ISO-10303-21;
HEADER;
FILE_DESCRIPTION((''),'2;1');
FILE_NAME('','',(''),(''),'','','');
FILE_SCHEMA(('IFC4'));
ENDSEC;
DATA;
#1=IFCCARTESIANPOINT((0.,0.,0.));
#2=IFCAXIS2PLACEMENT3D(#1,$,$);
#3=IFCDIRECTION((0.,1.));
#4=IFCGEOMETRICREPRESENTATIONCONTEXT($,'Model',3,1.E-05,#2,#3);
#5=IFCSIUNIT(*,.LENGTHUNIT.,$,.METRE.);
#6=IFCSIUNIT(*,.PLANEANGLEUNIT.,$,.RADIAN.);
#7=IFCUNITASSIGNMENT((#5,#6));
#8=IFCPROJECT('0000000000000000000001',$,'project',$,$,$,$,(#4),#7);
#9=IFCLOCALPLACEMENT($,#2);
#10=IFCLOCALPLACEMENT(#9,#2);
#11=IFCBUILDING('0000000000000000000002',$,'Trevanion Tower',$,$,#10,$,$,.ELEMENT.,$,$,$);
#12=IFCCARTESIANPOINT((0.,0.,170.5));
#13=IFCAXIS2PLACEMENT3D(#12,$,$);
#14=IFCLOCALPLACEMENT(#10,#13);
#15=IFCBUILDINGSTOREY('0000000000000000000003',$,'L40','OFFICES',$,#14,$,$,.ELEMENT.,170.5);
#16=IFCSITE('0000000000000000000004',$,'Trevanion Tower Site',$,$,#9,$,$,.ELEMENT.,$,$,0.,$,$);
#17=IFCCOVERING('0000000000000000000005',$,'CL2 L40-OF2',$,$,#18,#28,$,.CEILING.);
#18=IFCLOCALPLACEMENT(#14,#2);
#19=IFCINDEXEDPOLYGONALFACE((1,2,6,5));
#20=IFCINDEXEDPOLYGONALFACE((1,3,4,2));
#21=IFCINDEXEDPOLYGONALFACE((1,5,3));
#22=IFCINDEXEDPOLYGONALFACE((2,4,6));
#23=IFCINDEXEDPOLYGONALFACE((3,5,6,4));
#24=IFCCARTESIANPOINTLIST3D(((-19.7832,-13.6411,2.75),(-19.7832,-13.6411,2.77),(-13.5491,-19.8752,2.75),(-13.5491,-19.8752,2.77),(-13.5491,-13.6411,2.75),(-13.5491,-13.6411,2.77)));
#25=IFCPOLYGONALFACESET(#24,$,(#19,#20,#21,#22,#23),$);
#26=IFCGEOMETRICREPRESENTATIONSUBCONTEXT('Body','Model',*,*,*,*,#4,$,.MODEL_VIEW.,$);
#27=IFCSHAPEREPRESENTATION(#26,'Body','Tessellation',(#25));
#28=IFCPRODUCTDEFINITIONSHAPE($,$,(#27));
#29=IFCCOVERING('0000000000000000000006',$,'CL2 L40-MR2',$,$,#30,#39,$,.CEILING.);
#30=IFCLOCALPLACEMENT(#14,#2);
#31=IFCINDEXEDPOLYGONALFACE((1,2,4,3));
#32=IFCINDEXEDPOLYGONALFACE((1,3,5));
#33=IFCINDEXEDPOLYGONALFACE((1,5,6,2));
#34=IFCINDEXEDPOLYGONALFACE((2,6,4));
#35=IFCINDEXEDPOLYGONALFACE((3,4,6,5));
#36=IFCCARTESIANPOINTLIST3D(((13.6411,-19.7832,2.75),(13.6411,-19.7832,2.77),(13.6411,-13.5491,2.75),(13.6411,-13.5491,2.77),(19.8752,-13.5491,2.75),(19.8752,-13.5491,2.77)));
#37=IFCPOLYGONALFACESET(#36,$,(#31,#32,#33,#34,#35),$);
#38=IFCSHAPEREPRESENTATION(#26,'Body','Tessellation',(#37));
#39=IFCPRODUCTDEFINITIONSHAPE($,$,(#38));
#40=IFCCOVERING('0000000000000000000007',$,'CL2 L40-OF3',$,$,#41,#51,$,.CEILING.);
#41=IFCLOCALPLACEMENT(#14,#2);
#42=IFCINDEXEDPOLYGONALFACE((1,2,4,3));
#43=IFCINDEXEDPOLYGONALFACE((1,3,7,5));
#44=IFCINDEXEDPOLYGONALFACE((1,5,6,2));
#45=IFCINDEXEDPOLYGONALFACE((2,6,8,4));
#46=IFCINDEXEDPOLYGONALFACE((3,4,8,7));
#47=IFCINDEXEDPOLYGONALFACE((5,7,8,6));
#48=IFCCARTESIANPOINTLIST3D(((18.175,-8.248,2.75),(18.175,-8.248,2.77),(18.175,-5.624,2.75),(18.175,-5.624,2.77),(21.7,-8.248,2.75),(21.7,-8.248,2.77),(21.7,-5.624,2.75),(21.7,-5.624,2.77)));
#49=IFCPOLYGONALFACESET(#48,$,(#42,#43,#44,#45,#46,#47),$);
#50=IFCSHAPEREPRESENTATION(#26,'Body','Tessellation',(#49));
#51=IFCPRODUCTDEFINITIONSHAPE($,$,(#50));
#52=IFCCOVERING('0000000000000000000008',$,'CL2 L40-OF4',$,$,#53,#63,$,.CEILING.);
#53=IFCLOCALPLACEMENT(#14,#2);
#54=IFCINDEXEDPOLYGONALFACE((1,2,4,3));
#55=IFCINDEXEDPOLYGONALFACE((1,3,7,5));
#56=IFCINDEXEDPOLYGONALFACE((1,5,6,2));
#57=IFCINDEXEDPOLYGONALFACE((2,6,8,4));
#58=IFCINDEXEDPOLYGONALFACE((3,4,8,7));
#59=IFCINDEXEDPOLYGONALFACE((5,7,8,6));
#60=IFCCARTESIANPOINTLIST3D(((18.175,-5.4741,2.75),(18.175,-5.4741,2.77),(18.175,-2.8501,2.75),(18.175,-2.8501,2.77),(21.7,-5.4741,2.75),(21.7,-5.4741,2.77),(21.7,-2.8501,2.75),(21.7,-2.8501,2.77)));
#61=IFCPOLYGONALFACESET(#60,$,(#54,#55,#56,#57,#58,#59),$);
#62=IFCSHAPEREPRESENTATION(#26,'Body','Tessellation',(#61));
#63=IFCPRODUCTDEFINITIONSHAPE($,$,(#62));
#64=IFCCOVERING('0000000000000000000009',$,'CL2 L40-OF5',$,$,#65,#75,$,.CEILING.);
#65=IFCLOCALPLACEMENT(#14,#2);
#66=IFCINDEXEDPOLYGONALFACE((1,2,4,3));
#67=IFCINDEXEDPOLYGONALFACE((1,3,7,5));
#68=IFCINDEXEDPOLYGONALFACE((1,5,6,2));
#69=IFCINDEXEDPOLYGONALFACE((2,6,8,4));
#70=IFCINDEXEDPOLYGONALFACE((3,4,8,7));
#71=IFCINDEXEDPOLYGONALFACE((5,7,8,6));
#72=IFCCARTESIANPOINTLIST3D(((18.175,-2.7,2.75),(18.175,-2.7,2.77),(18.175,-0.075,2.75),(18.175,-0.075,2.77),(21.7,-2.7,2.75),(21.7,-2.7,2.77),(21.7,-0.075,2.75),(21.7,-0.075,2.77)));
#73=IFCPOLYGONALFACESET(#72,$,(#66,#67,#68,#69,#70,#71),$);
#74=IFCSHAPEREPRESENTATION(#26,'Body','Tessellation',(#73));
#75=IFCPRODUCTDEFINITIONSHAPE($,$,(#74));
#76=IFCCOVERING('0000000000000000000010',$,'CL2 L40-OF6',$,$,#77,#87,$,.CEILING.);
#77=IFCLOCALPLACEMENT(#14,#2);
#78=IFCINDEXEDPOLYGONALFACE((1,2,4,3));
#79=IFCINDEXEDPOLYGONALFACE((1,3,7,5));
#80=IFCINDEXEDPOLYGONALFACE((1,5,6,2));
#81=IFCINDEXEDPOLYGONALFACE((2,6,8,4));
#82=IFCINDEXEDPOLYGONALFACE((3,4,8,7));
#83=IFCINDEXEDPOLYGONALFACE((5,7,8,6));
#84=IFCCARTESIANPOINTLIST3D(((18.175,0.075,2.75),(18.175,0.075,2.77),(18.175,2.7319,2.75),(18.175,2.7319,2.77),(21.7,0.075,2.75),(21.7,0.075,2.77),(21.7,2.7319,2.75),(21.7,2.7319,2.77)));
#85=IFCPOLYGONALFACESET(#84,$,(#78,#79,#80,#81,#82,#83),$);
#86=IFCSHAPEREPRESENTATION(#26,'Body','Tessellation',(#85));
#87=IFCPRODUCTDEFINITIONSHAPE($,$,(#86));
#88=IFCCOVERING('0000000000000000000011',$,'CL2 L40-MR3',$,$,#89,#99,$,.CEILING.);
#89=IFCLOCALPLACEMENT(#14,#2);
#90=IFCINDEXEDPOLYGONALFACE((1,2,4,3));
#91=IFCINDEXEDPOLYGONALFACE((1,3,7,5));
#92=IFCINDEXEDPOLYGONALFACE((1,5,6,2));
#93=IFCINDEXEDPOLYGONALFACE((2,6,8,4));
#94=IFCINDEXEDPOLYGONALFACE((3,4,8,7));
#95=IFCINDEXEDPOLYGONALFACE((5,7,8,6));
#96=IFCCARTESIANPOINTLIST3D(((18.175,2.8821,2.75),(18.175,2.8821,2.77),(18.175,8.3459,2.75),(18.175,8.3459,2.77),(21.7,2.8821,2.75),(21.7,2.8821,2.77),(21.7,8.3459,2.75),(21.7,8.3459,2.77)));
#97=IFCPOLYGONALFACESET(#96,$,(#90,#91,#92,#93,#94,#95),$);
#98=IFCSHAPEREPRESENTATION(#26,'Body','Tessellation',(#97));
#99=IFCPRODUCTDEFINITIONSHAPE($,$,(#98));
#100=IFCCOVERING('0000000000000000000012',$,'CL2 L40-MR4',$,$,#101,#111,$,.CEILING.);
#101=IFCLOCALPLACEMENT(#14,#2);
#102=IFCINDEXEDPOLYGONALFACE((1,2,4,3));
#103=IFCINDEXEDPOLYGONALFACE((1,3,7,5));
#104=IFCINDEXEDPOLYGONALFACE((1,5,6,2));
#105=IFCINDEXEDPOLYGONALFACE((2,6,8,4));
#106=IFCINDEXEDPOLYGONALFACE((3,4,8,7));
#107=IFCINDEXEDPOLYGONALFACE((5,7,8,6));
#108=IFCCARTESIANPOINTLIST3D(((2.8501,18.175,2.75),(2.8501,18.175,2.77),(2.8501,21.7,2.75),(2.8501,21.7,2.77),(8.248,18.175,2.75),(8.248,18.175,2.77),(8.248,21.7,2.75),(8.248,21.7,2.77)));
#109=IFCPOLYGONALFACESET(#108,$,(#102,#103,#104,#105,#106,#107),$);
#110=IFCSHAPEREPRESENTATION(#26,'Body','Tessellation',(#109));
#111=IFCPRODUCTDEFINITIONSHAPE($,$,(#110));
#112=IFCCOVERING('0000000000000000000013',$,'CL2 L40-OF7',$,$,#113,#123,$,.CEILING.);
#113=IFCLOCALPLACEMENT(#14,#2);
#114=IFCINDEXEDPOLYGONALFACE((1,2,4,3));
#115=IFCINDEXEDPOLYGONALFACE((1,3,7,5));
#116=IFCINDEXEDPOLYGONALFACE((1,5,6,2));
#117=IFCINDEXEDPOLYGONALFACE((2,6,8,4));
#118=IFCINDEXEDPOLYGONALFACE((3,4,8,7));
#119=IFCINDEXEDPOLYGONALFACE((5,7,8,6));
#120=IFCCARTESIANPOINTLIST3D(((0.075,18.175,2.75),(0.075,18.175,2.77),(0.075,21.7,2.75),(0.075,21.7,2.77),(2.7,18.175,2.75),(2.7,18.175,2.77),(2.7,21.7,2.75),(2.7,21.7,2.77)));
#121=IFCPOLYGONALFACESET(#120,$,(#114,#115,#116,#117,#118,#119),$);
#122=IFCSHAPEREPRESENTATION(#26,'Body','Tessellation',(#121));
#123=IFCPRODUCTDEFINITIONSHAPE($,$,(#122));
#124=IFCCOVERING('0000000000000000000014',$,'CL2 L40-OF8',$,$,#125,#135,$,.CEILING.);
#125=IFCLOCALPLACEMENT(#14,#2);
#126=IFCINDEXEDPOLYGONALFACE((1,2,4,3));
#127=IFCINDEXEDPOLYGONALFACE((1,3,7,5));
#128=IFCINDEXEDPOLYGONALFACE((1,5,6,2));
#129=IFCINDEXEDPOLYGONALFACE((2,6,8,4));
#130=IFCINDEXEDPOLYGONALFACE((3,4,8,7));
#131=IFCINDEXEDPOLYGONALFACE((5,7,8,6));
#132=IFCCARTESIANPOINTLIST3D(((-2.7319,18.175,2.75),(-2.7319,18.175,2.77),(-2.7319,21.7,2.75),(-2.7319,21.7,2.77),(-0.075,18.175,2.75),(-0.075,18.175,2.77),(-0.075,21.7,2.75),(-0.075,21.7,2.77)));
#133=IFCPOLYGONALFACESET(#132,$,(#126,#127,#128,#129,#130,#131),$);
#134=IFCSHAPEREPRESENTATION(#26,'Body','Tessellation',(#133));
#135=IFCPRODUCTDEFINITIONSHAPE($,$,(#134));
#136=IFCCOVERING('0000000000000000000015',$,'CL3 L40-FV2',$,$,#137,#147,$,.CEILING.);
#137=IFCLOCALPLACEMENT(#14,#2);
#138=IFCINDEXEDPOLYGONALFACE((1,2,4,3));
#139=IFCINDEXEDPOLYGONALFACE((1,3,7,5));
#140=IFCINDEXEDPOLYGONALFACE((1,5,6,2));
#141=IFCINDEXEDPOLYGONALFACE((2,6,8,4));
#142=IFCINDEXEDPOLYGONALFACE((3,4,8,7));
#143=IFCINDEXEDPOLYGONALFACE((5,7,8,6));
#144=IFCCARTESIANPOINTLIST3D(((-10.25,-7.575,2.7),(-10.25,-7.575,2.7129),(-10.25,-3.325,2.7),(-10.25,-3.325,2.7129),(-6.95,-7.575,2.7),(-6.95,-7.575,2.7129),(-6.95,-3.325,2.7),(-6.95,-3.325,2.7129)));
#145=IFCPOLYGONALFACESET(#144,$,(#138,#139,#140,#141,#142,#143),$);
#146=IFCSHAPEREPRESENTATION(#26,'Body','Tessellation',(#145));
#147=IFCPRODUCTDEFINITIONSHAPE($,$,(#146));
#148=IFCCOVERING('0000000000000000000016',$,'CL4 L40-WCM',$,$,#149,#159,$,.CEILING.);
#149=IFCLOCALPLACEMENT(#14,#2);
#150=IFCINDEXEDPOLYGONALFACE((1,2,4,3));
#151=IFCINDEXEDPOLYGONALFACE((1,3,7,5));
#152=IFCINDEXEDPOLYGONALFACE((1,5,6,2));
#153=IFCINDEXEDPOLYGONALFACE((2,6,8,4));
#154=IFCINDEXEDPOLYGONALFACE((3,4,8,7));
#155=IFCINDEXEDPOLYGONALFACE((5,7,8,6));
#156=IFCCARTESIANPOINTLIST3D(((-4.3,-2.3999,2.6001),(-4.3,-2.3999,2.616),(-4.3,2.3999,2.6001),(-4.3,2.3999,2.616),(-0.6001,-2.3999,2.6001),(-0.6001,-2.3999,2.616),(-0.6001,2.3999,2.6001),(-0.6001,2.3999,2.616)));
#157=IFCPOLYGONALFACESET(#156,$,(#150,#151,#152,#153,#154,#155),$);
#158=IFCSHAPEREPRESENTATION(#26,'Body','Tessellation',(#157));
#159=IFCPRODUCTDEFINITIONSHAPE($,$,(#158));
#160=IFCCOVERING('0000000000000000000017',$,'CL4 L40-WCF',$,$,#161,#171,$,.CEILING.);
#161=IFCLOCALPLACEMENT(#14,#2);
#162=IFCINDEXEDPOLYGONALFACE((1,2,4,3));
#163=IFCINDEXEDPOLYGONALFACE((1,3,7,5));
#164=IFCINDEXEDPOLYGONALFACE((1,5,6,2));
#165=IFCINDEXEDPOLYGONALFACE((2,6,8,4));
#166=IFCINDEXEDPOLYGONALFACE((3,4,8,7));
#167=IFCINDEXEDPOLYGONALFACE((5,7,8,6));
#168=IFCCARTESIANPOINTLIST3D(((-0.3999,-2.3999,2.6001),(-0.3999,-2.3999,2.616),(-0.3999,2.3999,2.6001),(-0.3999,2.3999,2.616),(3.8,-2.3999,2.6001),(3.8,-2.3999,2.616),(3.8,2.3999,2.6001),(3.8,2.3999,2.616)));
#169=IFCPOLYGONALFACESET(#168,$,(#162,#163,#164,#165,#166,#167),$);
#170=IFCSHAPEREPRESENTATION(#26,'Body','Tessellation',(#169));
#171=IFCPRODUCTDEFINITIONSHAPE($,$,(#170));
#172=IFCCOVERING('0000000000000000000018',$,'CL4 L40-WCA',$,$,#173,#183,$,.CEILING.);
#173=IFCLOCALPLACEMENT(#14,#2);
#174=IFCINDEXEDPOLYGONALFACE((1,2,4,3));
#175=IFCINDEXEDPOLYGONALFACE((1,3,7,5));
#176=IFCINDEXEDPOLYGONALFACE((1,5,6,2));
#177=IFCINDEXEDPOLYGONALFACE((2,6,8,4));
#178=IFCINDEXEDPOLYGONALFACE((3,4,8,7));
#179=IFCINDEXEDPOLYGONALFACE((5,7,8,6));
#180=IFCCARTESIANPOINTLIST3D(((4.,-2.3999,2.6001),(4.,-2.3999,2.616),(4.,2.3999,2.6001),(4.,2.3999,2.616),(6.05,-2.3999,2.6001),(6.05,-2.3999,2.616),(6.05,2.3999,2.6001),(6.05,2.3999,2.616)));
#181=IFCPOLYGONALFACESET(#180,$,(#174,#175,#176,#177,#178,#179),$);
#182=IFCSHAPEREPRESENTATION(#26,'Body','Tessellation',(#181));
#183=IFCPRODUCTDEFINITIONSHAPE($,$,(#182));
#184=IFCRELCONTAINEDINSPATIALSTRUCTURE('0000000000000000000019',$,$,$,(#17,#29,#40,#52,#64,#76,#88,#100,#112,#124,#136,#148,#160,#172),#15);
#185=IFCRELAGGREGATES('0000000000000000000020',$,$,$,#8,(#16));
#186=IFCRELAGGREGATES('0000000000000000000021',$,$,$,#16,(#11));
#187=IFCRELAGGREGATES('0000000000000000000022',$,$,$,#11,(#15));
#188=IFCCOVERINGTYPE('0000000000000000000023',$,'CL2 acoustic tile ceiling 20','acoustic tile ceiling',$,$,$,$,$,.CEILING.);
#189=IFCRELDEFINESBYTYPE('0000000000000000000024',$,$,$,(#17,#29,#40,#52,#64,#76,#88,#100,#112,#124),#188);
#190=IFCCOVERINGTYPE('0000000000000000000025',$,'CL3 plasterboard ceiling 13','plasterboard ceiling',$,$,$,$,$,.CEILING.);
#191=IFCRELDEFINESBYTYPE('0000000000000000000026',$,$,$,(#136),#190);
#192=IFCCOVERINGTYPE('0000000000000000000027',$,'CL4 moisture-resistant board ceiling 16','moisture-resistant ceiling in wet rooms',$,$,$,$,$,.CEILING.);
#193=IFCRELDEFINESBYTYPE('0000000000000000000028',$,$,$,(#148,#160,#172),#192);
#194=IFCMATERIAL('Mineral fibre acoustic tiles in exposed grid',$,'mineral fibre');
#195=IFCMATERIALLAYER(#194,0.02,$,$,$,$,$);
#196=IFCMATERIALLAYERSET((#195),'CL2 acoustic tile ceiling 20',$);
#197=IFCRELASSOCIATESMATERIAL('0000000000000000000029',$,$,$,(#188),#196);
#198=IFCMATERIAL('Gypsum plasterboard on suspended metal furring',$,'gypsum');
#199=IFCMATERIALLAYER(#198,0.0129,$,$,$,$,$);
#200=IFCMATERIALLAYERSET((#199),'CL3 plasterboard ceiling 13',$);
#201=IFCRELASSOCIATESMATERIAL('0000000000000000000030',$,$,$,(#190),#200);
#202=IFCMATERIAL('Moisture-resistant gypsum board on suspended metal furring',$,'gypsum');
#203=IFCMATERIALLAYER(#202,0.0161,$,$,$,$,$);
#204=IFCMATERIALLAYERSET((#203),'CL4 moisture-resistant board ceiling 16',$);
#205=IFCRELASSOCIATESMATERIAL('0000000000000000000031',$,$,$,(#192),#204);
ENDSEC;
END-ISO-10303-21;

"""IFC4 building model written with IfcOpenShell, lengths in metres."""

from ifc_helpers import new_model, si_unit, direction, frame, origin, place, context, subcontext, project, spatial, polyline, outline, extrude, material, layer, layer_set, type_object, element, save


model = new_model("IFC4")

# Units and contexts
model_context = context("Model", 3, precision=1e-05, world=origin(), true_north=direction((0.0, 1.0)))
body_context = subcontext(model_context, "Body", "Model", "MODEL_VIEW")
ifc_project = project(units=[si_unit("LENGTHUNIT", "METRE"), si_unit("PLANEANGLEUNIT", "RADIAN")], contexts=[model_context])

# Site, building, storey
site_placement = place(None, origin())
site = spatial("IfcSite", under=ifc_project, at=site_placement, Name="Trevanion Tower Site", CompositionType="ELEMENT", RefElevation=0.0)
building_placement = place(site_placement, origin())
building = spatial("IfcBuilding", under=site, at=building_placement, Name="Trevanion Tower", CompositionType="ELEMENT")
storey_placement = place(building_placement, frame((0.0, 0.0, 170.5)))
storey = spatial("IfcBuildingStorey", under=building, at=storey_placement, Name="L40", Description="OFFICES", CompositionType="ELEMENT", Elevation=170.5)

# Coverings
ifc_material_1 = material(Name="Mineral fibre acoustic tiles in exposed grid", Category="mineral fibre")
ifc_layer_1 = layer(ifc_material_1, 0.02)
ifc_layer_set_1 = layer_set([ifc_layer_1], Name="CL2 acoustic tile ceiling 20")
covering_type_1 = type_object("IfcCoveringType", Name="CL2 acoustic tile ceiling 20", Description="acoustic tile ceiling", PredefinedType="CEILING", material=ifc_layer_set_1)
covering_1_placement = place(storey_placement, frame((0.0, 0.0, 2.75)))
element("IfcCovering", 1, at=covering_1_placement, inside=storey, type_object=covering_type_1, Name="CL2 L40-OF2", PredefinedType="CEILING", context=body_context, shape_type="SweptSolid", body=[
    extrude(outline(polyline([(-13.5491, -19.8752), (-19.7832, -13.6411), (-13.5491, -13.6411), (-13.5491, -19.8752)])), origin(), (0.0, 0.0, 1.0), 0.02),
])
covering_2_placement = place(storey_placement, frame((0.0, 0.0, 2.75)))
element("IfcCovering", 2, at=covering_2_placement, inside=storey, type_object=covering_type_1, Name="CL2 L40-MR2", PredefinedType="CEILING", context=body_context, shape_type="SweptSolid", body=[
    extrude(outline(polyline([(19.8752, -13.5491), (13.6411, -19.7832), (13.6411, -13.5491), (19.8752, -13.5491)])), origin(), (0.0, 0.0, 1.0), 0.02),
])
covering_3_placement = place(storey_placement, frame((0.0, 0.0, 2.75)))
element("IfcCovering", 3, at=covering_3_placement, inside=storey, type_object=covering_type_1, Name="CL2 L40-OF3", PredefinedType="CEILING", context=body_context, shape_type="SweptSolid", body=[
    extrude(outline(polyline([(18.175, -8.248), (18.175, -5.624), (21.7, -5.624), (21.7, -8.248), (18.175, -8.248)])), origin(), (0.0, 0.0, 1.0), 0.02),
])
covering_4_placement = place(storey_placement, frame((0.0, 0.0, 2.75)))
element("IfcCovering", 4, at=covering_4_placement, inside=storey, type_object=covering_type_1, Name="CL2 L40-OF4", PredefinedType="CEILING", context=body_context, shape_type="SweptSolid", body=[
    extrude(outline(polyline([(18.175, -5.4741), (18.175, -2.8501), (21.7, -2.8501), (21.7, -5.4741), (18.175, -5.4741)])), origin(), (0.0, 0.0, 1.0), 0.02),
])
covering_5_placement = place(storey_placement, frame((0.0, 0.0, 2.75)))
element("IfcCovering", 5, at=covering_5_placement, inside=storey, type_object=covering_type_1, Name="CL2 L40-OF5", PredefinedType="CEILING", context=body_context, shape_type="SweptSolid", body=[
    extrude(outline(polyline([(18.175, -2.7), (18.175, -0.075), (21.7, -0.075), (21.7, -2.7), (18.175, -2.7)])), origin(), (0.0, 0.0, 1.0), 0.02),
])
covering_6_placement = place(storey_placement, frame((0.0, 0.0, 2.75)))
element("IfcCovering", 6, at=covering_6_placement, inside=storey, type_object=covering_type_1, Name="CL2 L40-OF6", PredefinedType="CEILING", context=body_context, shape_type="SweptSolid", body=[
    extrude(outline(polyline([(18.175, 0.075), (18.175, 2.7319), (21.7, 2.7319), (21.7, 0.075), (18.175, 0.075)])), origin(), (0.0, 0.0, 1.0), 0.02),
])
covering_7_placement = place(storey_placement, frame((0.0, 0.0, 2.75)))
element("IfcCovering", 7, at=covering_7_placement, inside=storey, type_object=covering_type_1, Name="CL2 L40-MR3", PredefinedType="CEILING", context=body_context, shape_type="SweptSolid", body=[
    extrude(outline(polyline([(18.175, 2.8821), (18.175, 8.3459), (21.7, 8.3459), (21.7, 2.8821), (18.175, 2.8821)])), origin(), (0.0, 0.0, 1.0), 0.02),
])
covering_8_placement = place(storey_placement, frame((0.0, 0.0, 2.75)))
element("IfcCovering", 8, at=covering_8_placement, inside=storey, type_object=covering_type_1, Name="CL2 L40-MR4", PredefinedType="CEILING", context=body_context, shape_type="SweptSolid", body=[
    extrude(outline(polyline([(8.248, 18.175), (2.8501, 18.175), (2.8501, 21.7), (8.248, 21.7), (8.248, 18.175)])), origin(), (0.0, 0.0, 1.0), 0.02),
])
covering_9_placement = place(storey_placement, frame((0.0, 0.0, 2.75)))
element("IfcCovering", 9, at=covering_9_placement, inside=storey, type_object=covering_type_1, Name="CL2 L40-OF7", PredefinedType="CEILING", context=body_context, shape_type="SweptSolid", body=[
    extrude(outline(polyline([(2.7, 18.175), (0.075, 18.175), (0.075, 21.7), (2.7, 21.7), (2.7, 18.175)])), origin(), (0.0, 0.0, 1.0), 0.02),
])
covering_10_placement = place(storey_placement, frame((0.0, 0.0, 2.75)))
element("IfcCovering", 10, at=covering_10_placement, inside=storey, type_object=covering_type_1, Name="CL2 L40-OF8", PredefinedType="CEILING", context=body_context, shape_type="SweptSolid", body=[
    extrude(outline(polyline([(-0.075, 18.175), (-2.7319, 18.175), (-2.7319, 21.7), (-0.075, 21.7), (-0.075, 18.175)])), origin(), (0.0, 0.0, 1.0), 0.02),
])
ifc_material_2 = material(Name="Gypsum plasterboard on suspended metal furring", Category="gypsum")
ifc_layer_2 = layer(ifc_material_2, 0.0129)
ifc_layer_set_2 = layer_set([ifc_layer_2], Name="CL3 plasterboard ceiling 13")
covering_type_2 = type_object("IfcCoveringType", Name="CL3 plasterboard ceiling 13", Description="plasterboard ceiling", PredefinedType="CEILING", material=ifc_layer_set_2)
covering_11_placement = place(storey_placement, frame((0.0, 0.0, 2.7)))
element("IfcCovering", 11, at=covering_11_placement, inside=storey, type_object=covering_type_2, Name="CL3 L40-FV2", PredefinedType="CEILING", context=body_context, shape_type="SweptSolid", body=[
    extrude(outline(polyline([(-10.25, -3.325), (-10.25, -7.575), (-6.95, -7.575), (-6.95, -3.325), (-10.25, -3.325)])), origin(), (0.0, 0.0, 1.0), 0.0129),
])
ifc_material_3 = material(Name="Moisture-resistant gypsum board on suspended metal furring", Category="gypsum")
ifc_layer_3 = layer(ifc_material_3, 0.0161)
ifc_layer_set_3 = layer_set([ifc_layer_3], Name="CL4 moisture-resistant board ceiling 16")
covering_type_3 = type_object("IfcCoveringType", Name="CL4 moisture-resistant board ceiling 16", Description="moisture-resistant ceiling in wet rooms", PredefinedType="CEILING", material=ifc_layer_set_3)
covering_12_placement = place(storey_placement, frame((0.0, 0.0, 2.6001)))
element("IfcCovering", 12, at=covering_12_placement, inside=storey, type_object=covering_type_3, Name="CL4 L40-WCM", PredefinedType="CEILING", context=body_context, shape_type="SweptSolid", body=[
    extrude(outline(polyline([(-0.6001, -2.3999), (-0.6001, 2.3999), (-4.3, 2.3999), (-4.3, -2.3999), (-0.6001, -2.3999)])), origin(), (0.0, 0.0, 1.0), 0.0159),
])
covering_13_placement = place(storey_placement, frame((0.0, 0.0, 2.6001)))
element("IfcCovering", 13, at=covering_13_placement, inside=storey, type_object=covering_type_3, Name="CL4 L40-WCF", PredefinedType="CEILING", context=body_context, shape_type="SweptSolid", body=[
    extrude(outline(polyline([(3.8, -2.3999), (3.8, 2.3999), (-0.3999, 2.3999), (-0.3999, -2.3999), (3.8, -2.3999)])), origin(), (0.0, 0.0, 1.0), 0.0159),
])
covering_14_placement = place(storey_placement, frame((0.0, 0.0, 2.6001)))
element("IfcCovering", 14, at=covering_14_placement, inside=storey, type_object=covering_type_3, Name="CL4 L40-WCA", PredefinedType="CEILING", context=body_context, shape_type="SweptSolid", body=[
    extrude(outline(polyline([(6.05, -2.3999), (6.05, 2.3999), (4.0, 2.3999), (4.0, -2.3999), (6.05, -2.3999)])), origin(), (0.0, 0.0, 1.0), 0.0159),
])

save(model, "model.ifc")
